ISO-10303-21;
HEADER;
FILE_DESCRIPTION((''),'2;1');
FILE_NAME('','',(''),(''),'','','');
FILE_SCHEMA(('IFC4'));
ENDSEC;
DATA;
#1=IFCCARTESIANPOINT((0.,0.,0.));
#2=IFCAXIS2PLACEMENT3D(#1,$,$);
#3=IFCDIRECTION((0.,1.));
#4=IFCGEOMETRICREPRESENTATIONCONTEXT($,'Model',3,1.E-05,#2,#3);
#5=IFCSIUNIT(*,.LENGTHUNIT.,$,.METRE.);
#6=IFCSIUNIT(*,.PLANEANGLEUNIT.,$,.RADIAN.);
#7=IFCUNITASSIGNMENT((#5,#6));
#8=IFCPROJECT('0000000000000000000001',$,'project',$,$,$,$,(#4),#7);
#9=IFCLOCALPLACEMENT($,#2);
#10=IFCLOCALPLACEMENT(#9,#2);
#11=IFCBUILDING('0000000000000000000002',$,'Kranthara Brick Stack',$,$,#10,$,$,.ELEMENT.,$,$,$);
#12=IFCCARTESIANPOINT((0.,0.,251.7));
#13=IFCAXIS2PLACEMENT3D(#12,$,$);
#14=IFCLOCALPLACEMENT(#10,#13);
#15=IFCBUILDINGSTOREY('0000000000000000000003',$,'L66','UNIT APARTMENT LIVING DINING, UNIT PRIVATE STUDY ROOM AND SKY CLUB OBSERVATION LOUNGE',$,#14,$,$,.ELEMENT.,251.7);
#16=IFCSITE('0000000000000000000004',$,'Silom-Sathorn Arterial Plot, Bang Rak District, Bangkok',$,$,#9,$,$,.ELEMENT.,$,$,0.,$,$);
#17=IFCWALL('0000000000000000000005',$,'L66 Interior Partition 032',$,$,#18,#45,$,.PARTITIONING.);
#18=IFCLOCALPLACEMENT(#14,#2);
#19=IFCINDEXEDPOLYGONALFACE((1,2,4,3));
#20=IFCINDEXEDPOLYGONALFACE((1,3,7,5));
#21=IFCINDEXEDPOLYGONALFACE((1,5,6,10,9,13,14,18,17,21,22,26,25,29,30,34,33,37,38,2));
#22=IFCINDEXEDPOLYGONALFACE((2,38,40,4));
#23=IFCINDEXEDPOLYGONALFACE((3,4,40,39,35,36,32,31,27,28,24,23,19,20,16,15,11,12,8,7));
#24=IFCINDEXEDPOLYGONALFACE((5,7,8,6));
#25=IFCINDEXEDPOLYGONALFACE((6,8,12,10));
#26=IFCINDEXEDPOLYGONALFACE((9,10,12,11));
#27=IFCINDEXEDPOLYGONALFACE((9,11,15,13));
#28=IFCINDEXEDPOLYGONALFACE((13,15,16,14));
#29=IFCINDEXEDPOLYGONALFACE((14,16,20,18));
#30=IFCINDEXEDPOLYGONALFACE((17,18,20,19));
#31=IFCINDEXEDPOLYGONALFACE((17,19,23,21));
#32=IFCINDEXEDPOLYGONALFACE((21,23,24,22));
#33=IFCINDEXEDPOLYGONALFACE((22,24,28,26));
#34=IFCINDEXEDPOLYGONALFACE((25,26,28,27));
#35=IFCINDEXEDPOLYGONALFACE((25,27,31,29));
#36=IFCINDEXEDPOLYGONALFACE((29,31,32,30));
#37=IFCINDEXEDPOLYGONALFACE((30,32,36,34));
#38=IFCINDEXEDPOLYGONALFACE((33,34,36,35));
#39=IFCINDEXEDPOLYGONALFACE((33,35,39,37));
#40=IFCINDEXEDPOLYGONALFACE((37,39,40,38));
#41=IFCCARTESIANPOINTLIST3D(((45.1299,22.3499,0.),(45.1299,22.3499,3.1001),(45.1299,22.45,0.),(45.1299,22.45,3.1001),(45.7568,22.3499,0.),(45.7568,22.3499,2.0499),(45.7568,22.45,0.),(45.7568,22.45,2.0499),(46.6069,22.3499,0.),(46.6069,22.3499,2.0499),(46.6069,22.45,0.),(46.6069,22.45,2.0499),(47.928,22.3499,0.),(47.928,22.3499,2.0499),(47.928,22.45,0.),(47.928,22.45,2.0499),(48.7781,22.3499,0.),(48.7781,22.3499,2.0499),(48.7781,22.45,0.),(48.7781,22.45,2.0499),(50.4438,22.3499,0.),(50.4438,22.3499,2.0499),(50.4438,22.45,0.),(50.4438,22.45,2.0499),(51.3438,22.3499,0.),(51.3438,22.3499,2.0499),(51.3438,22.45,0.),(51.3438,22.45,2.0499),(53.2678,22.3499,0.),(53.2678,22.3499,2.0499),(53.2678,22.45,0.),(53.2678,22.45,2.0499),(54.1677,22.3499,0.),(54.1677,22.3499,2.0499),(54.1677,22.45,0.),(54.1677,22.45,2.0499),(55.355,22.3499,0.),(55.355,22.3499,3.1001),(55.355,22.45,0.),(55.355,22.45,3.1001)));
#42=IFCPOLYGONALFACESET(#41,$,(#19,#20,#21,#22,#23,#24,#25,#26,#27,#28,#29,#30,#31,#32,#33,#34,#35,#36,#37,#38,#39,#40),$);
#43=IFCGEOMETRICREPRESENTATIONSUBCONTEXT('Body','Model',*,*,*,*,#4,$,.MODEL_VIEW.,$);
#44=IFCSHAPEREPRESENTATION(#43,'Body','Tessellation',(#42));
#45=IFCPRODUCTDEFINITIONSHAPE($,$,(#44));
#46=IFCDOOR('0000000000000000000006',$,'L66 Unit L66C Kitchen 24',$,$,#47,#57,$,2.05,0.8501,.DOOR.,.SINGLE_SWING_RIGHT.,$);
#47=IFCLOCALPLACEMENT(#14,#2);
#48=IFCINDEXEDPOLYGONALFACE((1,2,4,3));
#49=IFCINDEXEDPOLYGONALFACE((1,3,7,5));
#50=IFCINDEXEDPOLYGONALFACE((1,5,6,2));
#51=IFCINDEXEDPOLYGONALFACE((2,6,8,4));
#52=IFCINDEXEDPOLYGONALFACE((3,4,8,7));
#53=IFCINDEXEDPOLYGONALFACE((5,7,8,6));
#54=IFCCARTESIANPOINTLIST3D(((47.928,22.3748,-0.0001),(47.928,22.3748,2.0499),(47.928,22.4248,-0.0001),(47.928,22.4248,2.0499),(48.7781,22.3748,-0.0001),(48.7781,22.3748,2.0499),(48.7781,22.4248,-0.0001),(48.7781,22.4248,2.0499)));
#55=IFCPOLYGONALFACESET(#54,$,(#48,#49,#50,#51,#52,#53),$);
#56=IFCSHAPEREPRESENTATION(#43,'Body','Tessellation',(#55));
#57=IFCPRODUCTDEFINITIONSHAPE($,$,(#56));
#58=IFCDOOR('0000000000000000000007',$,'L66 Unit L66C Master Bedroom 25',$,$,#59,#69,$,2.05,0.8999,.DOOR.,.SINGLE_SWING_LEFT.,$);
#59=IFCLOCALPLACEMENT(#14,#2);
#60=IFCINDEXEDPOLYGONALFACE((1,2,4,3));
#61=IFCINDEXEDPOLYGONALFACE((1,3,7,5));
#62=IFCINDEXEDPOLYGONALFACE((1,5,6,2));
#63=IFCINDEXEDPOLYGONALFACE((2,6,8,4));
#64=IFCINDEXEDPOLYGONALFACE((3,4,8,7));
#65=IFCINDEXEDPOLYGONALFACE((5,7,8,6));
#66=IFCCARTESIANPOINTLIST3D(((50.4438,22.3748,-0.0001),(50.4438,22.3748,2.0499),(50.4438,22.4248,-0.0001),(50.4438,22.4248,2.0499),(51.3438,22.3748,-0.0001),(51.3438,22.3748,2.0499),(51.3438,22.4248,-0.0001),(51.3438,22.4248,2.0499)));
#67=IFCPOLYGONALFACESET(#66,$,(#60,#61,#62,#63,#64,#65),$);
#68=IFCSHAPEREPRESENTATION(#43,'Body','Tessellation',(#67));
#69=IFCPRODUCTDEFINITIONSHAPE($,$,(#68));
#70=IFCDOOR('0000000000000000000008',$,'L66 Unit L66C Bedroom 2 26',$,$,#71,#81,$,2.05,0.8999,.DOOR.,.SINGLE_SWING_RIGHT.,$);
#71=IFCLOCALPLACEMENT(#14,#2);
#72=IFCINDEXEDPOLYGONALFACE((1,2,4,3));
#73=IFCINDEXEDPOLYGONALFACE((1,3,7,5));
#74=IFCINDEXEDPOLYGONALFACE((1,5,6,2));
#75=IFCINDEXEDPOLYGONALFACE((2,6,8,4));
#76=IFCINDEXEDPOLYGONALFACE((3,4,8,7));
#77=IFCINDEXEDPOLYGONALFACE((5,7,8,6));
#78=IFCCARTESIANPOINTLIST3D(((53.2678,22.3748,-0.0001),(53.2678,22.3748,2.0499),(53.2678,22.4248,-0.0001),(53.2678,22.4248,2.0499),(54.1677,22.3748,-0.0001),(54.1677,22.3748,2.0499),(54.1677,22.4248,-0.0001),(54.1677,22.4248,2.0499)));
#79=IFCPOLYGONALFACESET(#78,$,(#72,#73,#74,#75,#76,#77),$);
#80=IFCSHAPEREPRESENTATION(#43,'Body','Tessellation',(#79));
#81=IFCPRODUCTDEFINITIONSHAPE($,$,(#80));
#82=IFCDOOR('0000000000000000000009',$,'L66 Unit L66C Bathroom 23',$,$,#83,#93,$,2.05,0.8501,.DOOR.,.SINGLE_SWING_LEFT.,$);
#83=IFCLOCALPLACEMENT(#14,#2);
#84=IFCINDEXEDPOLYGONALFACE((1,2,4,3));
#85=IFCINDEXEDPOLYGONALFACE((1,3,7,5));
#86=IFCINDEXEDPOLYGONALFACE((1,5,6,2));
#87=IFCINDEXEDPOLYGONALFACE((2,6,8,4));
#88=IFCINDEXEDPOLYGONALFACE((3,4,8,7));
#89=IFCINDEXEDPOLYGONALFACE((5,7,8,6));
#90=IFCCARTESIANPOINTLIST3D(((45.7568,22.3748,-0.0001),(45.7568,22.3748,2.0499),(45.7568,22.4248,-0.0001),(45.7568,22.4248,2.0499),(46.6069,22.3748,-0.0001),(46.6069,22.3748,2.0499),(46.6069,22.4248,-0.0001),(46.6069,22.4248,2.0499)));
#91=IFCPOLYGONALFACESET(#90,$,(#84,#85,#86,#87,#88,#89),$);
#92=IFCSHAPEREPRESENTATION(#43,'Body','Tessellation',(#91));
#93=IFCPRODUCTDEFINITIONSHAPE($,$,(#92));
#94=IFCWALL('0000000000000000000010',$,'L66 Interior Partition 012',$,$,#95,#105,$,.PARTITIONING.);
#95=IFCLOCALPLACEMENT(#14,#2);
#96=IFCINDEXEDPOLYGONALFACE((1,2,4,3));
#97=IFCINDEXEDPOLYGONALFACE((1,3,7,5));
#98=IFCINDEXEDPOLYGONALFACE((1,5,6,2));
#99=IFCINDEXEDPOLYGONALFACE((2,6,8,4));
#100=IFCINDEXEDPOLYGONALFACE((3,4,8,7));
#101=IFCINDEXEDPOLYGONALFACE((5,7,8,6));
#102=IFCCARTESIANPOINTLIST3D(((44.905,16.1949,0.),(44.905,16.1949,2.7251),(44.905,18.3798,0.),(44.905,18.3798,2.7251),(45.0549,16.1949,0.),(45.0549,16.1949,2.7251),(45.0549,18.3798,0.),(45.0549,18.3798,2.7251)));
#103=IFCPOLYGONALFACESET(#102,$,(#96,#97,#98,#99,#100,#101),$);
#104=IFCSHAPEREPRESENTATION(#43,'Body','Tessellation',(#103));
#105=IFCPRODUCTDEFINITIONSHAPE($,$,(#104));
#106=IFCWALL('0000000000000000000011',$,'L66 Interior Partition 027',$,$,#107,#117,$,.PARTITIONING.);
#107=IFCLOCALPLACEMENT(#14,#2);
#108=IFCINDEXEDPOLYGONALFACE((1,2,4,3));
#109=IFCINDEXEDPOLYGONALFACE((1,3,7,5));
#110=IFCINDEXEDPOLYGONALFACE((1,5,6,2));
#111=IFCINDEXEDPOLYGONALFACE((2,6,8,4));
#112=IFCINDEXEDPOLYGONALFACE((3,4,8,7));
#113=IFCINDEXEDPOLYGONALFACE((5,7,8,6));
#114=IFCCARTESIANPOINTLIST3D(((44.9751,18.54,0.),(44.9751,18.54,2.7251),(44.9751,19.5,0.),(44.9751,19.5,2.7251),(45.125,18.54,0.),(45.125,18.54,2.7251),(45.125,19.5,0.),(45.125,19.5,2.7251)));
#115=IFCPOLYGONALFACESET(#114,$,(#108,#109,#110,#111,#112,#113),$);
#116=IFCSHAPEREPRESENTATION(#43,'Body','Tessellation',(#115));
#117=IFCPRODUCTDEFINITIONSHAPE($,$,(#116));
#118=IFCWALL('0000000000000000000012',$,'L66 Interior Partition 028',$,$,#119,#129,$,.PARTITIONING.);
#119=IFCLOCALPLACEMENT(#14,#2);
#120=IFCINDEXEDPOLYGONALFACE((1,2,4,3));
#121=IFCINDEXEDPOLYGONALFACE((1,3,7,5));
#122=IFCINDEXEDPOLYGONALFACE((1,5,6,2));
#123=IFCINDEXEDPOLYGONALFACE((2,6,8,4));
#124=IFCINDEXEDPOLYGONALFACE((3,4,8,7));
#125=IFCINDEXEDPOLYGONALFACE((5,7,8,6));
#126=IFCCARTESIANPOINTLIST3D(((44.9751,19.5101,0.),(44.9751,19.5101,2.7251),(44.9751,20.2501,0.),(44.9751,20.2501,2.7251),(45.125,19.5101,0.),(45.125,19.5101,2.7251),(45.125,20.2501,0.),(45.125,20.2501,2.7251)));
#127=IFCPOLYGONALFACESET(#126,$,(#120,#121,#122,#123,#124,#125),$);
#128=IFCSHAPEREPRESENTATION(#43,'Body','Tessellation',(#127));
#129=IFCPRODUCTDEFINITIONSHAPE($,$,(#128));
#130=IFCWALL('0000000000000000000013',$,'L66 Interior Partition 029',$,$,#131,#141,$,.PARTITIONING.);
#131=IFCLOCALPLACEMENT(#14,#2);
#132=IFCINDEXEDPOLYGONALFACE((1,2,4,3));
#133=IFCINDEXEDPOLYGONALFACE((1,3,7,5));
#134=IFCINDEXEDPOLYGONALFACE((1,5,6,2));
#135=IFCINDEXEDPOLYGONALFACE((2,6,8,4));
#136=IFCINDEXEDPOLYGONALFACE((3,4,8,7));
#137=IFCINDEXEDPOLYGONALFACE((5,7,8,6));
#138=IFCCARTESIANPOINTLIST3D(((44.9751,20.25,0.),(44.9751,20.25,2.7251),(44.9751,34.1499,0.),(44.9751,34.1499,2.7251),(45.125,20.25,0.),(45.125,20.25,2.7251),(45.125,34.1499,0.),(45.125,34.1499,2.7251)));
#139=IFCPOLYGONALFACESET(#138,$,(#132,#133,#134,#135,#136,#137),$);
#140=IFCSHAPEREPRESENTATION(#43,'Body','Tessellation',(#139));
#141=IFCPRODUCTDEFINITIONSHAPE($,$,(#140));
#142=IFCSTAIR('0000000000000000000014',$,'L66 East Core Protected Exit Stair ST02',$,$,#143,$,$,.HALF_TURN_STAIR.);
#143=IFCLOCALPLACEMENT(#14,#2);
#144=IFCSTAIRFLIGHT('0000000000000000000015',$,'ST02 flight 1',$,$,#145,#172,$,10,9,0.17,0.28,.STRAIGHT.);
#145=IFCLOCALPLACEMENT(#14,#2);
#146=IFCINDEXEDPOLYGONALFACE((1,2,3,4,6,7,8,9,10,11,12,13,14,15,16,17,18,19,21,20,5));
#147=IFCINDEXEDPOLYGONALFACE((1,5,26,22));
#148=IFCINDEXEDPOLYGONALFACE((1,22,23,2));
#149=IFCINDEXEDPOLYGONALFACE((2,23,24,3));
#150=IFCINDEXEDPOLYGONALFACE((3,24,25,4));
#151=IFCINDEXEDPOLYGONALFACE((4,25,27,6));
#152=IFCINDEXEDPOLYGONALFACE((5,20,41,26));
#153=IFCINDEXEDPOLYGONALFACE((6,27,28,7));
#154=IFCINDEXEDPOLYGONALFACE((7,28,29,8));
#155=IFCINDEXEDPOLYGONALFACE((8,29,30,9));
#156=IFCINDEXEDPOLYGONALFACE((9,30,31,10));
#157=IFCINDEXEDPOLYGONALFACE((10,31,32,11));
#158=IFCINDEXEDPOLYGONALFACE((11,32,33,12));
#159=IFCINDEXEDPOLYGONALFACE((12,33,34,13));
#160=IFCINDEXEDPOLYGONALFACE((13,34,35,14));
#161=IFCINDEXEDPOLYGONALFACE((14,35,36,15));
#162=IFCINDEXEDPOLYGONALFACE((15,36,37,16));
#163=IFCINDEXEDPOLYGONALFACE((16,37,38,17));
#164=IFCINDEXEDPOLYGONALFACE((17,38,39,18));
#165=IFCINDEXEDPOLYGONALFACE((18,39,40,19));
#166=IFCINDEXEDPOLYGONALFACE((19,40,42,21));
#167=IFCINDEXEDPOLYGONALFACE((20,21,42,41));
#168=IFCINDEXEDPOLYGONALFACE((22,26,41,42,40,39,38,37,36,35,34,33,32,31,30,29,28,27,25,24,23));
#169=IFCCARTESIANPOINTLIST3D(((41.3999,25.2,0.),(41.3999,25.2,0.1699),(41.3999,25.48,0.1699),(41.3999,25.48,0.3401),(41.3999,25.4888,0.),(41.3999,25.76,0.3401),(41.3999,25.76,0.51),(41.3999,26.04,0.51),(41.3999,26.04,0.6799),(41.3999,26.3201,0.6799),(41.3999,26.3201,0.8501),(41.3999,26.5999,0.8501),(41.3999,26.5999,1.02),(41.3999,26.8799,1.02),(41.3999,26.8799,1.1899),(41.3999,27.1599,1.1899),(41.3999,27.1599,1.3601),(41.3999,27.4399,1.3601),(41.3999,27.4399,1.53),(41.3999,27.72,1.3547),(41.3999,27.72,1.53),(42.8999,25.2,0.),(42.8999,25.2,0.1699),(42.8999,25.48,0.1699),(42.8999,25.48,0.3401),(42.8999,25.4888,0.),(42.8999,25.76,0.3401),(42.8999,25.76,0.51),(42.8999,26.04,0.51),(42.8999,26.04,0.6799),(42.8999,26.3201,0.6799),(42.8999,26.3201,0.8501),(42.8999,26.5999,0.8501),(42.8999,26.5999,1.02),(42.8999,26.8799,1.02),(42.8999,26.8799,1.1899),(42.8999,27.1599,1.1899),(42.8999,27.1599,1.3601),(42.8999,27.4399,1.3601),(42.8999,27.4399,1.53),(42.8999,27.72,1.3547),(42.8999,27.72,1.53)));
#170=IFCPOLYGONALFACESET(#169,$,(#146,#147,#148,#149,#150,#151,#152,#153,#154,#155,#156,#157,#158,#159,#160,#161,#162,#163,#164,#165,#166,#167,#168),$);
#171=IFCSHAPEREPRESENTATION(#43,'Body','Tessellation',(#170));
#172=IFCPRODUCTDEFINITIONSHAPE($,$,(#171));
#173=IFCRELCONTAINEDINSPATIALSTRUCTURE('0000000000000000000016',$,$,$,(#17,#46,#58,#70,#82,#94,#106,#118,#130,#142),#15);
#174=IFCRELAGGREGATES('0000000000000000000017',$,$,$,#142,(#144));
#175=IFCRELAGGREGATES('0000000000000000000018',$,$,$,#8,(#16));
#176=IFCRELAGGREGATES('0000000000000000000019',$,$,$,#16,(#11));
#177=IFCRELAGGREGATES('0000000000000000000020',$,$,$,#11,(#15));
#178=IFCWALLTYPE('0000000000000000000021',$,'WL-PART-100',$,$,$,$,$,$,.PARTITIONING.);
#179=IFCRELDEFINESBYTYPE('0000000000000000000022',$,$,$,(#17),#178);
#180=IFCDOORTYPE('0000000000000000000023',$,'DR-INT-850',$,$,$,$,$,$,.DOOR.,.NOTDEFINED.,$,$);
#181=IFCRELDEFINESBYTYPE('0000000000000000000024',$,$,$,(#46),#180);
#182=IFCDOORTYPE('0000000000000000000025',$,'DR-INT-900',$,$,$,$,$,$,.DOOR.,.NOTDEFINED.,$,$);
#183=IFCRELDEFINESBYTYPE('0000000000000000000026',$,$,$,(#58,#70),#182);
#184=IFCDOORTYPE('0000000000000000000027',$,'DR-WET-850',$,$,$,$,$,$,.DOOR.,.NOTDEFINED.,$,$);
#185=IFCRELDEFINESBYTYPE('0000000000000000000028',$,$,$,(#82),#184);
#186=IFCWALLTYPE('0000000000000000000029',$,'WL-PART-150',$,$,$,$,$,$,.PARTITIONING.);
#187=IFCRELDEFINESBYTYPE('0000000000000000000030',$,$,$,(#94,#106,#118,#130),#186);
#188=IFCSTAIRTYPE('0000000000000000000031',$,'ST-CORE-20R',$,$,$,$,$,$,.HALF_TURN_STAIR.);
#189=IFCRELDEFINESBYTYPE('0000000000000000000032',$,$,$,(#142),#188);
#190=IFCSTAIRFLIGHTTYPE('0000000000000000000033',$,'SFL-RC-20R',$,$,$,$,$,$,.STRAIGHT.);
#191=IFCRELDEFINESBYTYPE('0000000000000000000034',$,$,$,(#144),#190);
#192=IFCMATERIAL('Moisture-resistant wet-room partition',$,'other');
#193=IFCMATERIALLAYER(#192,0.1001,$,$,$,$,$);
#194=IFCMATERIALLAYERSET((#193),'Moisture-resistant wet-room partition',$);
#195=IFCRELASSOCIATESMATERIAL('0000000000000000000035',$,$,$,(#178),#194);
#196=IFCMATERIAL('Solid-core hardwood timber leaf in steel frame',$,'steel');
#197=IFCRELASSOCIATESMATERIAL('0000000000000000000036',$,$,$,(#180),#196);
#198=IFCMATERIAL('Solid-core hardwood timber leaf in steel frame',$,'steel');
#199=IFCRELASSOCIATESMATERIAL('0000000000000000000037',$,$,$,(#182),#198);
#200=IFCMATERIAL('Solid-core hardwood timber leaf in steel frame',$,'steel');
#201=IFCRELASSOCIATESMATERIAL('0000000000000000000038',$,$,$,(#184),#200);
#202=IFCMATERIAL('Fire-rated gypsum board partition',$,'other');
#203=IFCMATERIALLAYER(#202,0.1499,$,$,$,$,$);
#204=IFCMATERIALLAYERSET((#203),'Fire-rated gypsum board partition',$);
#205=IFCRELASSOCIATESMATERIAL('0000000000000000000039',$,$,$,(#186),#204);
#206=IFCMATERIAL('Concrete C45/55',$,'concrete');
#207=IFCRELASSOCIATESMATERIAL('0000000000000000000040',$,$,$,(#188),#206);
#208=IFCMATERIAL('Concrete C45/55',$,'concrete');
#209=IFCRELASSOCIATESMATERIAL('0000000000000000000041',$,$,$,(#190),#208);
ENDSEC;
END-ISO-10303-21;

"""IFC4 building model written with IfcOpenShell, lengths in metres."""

from ifc_helpers import new_model, si_unit, direction, frame, frame_2d, origin, place, context, subcontext, project, spatial, polyline, rectangle, outline, extrude, material, layer, layer_set, type_object, element, fill, aggregate, save


model = new_model("IFC4")

# Units and contexts
model_context = context("Model", 3, precision=1e-05, world=origin(), true_north=direction((0.0, 1.0)))
body_context = subcontext(model_context, "Body", "Model", "MODEL_VIEW")
ifc_project = project(units=[si_unit("LENGTHUNIT", "METRE"), si_unit("PLANEANGLEUNIT", "RADIAN")], contexts=[model_context])

# Site, building, storey
site_placement = place(None, origin())
site = spatial("IfcSite", under=ifc_project, at=site_placement, Name="Silom-Sathorn Arterial Plot, Bang Rak District, Bangkok", CompositionType="ELEMENT", RefElevation=0.0)
building_placement = place(site_placement, origin())
building = spatial("IfcBuilding", under=site, at=building_placement, Name="Kranthara Brick Stack", CompositionType="ELEMENT")
storey_placement = place(building_placement, frame((0.0, 0.0, 251.7)))
storey = spatial("IfcBuildingStorey", under=building, at=storey_placement, Name="L66", Description="UNIT APARTMENT LIVING DINING, UNIT PRIVATE STUDY ROOM AND SKY CLUB OBSERVATION LOUNGE", CompositionType="ELEMENT", Elevation=251.7)

# Wall, openings, doors
ifc_material_1 = material(Name="Moisture-resistant wet-room partition", Category="other")
ifc_layer_1 = layer(ifc_material_1, 0.1001)
ifc_layer_set_1 = layer_set([ifc_layer_1], Name="Moisture-resistant wet-room partition")
wall_type_1 = type_object("IfcWallType", Name="WL-PART-100", PredefinedType="PARTITIONING", material=ifc_layer_set_1)
wall_1_placement = place(storey_placement, frame((45.1299, 22.3999, 0.0), z_axis=(0.0, 0.0, 1.0), x_axis=(1.0, 0.0, 0.0)))
wall_1 = element("IfcWall", 1, at=wall_1_placement, inside=storey, type_object=wall_type_1, Name="L66 Interior Partition 032", PredefinedType="PARTITIONING", context=body_context, shape_type="SweptSolid", body=[
    extrude(rectangle(XDim=10.2251, YDim=0.1001, at=frame_2d((5.1125, 0.0))), origin(), (0.0, 0.0, 1.0), 3.1001),
])
opening_1_placement = place(wall_1_placement, frame((0.627, 0.0, 0.0)))
opening_1 = element("IfcOpeningElement", 2, at=opening_1_placement, cuts=wall_1, PredefinedType="OPENING", context=body_context, shape_type="SweptSolid", body=[
    extrude(rectangle(XDim=0.8501, YDim=2.05, at=frame_2d((0.425, 1.0249))), frame((0.0, 0.0601, 0.0), z_axis=(0.0, -1.0, 0.0), x_axis=(1.0, 0.0, 0.0)), (0.0, 0.0, 1.0), 0.1201),
])
opening_2_placement = place(wall_1_placement, frame((2.7981, 0.0, 0.0)))
opening_2 = element("IfcOpeningElement", 3, at=opening_2_placement, cuts=wall_1, PredefinedType="OPENING", context=body_context, shape_type="SweptSolid", body=[
    extrude(rectangle(XDim=0.8501, YDim=2.05, at=frame_2d((0.425, 1.0249))), frame((0.0, 0.0601, 0.0), z_axis=(0.0, -1.0, 0.0), x_axis=(1.0, 0.0, 0.0)), (0.0, 0.0, 1.0), 0.1201),
])
opening_3_placement = place(wall_1_placement, frame((5.314, 0.0, 0.0)))
opening_3 = element("IfcOpeningElement", 4, at=opening_3_placement, cuts=wall_1, PredefinedType="OPENING", context=body_context, shape_type="SweptSolid", body=[
    extrude(rectangle(XDim=0.8999, YDim=2.05, at=frame_2d((0.45, 1.0249))), frame((0.0, 0.0601, 0.0), z_axis=(0.0, -1.0, 0.0), x_axis=(1.0, 0.0, 0.0)), (0.0, 0.0, 1.0), 0.1201),
])
opening_4_placement = place(wall_1_placement, frame((8.1379, 0.0, 0.0)))
opening_4 = element("IfcOpeningElement", 5, at=opening_4_placement, cuts=wall_1, PredefinedType="OPENING", context=body_context, shape_type="SweptSolid", body=[
    extrude(rectangle(XDim=0.8999, YDim=2.05, at=frame_2d((0.45, 1.0249))), frame((0.0, 0.0601, 0.0), z_axis=(0.0, -1.0, 0.0), x_axis=(1.0, 0.0, 0.0)), (0.0, 0.0, 1.0), 0.1201),
])
ifc_material_2 = material(Name="Solid-core hardwood timber leaf in steel frame", Category="steel")
door_type_1 = type_object("IfcDoorType", Name="DR-INT-850", OperationType="NOTDEFINED", PredefinedType="DOOR", material=ifc_material_2)
door_1_placement = place(opening_2_placement, origin())
door_1 = element("IfcDoor", 6, at=door_1_placement, inside=storey, type_object=door_type_1, Name="L66 Unit L66C Kitchen 24", OperationType="SINGLE_SWING_RIGHT", OverallHeight=2.05, OverallWidth=0.8501, PredefinedType="DOOR", context=body_context, shape_type="SweptSolid", body=[
    extrude(rectangle(XDim=0.8501, YDim=2.05, at=frame_2d((0.425, 1.0249))), frame((0.0, 0.0249, 0.0), z_axis=(0.0, -1.0, 0.0), x_axis=(1.0, 0.0, 0.0)), (0.0, 0.0, 1.0), 0.05),
])
fill(opening_2, door_1)
ifc_material_3 = material(Name="Solid-core hardwood timber leaf in steel frame", Category="steel")
door_type_2 = type_object("IfcDoorType", Name="DR-INT-900", OperationType="NOTDEFINED", PredefinedType="DOOR", material=ifc_material_3)
door_2_placement = place(opening_3_placement, origin())
door_2 = element("IfcDoor", 7, at=door_2_placement, inside=storey, type_object=door_type_2, Name="L66 Unit L66C Master Bedroom 25", OperationType="SINGLE_SWING_LEFT", OverallHeight=2.05, OverallWidth=0.8999, PredefinedType="DOOR", context=body_context, shape_type="SweptSolid", body=[
    extrude(rectangle(XDim=0.8999, YDim=2.05, at=frame_2d((0.45, 1.0249))), frame((0.0, 0.0249, 0.0), z_axis=(0.0, -1.0, 0.0), x_axis=(1.0, 0.0, 0.0)), (0.0, 0.0, 1.0), 0.05),
])
fill(opening_3, door_2)
door_3_placement = place(opening_4_placement, origin())
door_3 = element("IfcDoor", 8, at=door_3_placement, inside=storey, type_object=door_type_2, Name="L66 Unit L66C Bedroom 2 26", OperationType="SINGLE_SWING_RIGHT", OverallHeight=2.05, OverallWidth=0.8999, PredefinedType="DOOR", context=body_context, shape_type="SweptSolid", body=[
    extrude(rectangle(XDim=0.8999, YDim=2.05, at=frame_2d((0.45, 1.0249))), frame((0.0, 0.0249, 0.0), z_axis=(0.0, -1.0, 0.0), x_axis=(1.0, 0.0, 0.0)), (0.0, 0.0, 1.0), 0.05),
])
fill(opening_4, door_3)
ifc_material_4 = material(Name="Solid-core hardwood timber leaf in steel frame", Category="steel")
door_type_3 = type_object("IfcDoorType", Name="DR-WET-850", OperationType="NOTDEFINED", PredefinedType="DOOR", material=ifc_material_4)
door_4_placement = place(opening_1_placement, origin())
door_4 = element("IfcDoor", 9, at=door_4_placement, inside=storey, type_object=door_type_3, Name="L66 Unit L66C Bathroom 23", OperationType="SINGLE_SWING_LEFT", OverallHeight=2.05, OverallWidth=0.8501, PredefinedType="DOOR", context=body_context, shape_type="SweptSolid", body=[
    extrude(rectangle(XDim=0.8501, YDim=2.05, at=frame_2d((0.425, 1.0249))), frame((0.0, 0.0249, 0.0), z_axis=(0.0, -1.0, 0.0), x_axis=(1.0, 0.0, 0.0)), (0.0, 0.0, 1.0), 0.05),
])
fill(opening_1, door_4)

# Walls
ifc_material_5 = material(Name="Fire-rated gypsum board partition", Category="other")
ifc_layer_2 = layer(ifc_material_5, 0.1499)
ifc_layer_set_2 = layer_set([ifc_layer_2], Name="Fire-rated gypsum board partition")
wall_type_2 = type_object("IfcWallType", Name="WL-PART-150", PredefinedType="PARTITIONING", material=ifc_layer_set_2)
wall_2_placement = place(storey_placement, frame((44.98, 16.1951, 0.0), z_axis=(0.0, 0.0, 1.0), x_axis=(0.0, 1.0, 0.0)))
element("IfcWall", 10, at=wall_2_placement, inside=storey, type_object=wall_type_2, Name="L66 Interior Partition 012", PredefinedType="PARTITIONING", context=body_context, shape_type="SweptSolid", body=[
    extrude(rectangle(XDim=2.1848, YDim=0.1499, at=frame_2d((1.0923, 0.0))), origin(), (0.0, 0.0, 1.0), 2.7251),
])
wall_3_placement = place(storey_placement, frame((45.05, 19.5, 0.0), z_axis=(0.0, 0.0, 1.0), x_axis=(0.0, -1.0, 0.0)))
element("IfcWall", 11, at=wall_3_placement, inside=storey, type_object=wall_type_2, Name="L66 Interior Partition 027", PredefinedType="PARTITIONING", context=body_context, shape_type="SweptSolid", body=[
    extrude(rectangle(XDim=0.96, YDim=0.1499, at=frame_2d((0.48, 0.0))), origin(), (0.0, 0.0, 1.0), 2.7251),
])
wall_4_placement = place(storey_placement, frame((45.05, 19.51, 0.0), z_axis=(0.0, 0.0, 1.0), x_axis=(0.0, 1.0, 0.0)))
element("IfcWall", 12, at=wall_4_placement, inside=storey, type_object=wall_type_2, Name="L66 Interior Partition 028", PredefinedType="PARTITIONING", context=body_context, shape_type="SweptSolid", body=[
    extrude(rectangle(XDim=0.74, YDim=0.1499, at=frame_2d((0.3701, 0.0))), origin(), (0.0, 0.0, 1.0), 2.7251),
])
wall_5_placement = place(storey_placement, frame((45.05, 20.25, 0.0), z_axis=(0.0, 0.0, 1.0), x_axis=(0.0, 1.0, 0.0)))
element("IfcWall", 13, at=wall_5_placement, inside=storey, type_object=wall_type_2, Name="L66 Interior Partition 029", PredefinedType="PARTITIONING", context=body_context, shape_type="SweptSolid", body=[
    extrude(rectangle(XDim=13.8999, YDim=0.1499, at=frame_2d((6.95, 0.0))), origin(), (0.0, 0.0, 1.0), 2.7251),
])

# Stair, stair flight
ifc_material_6 = material(Name="Concrete C45/55", Category="concrete")
stair_type = type_object("IfcStairType", Name="ST-CORE-20R", PredefinedType="HALF_TURN_STAIR", material=ifc_material_6)
stair_placement = place(storey_placement, origin())
stair = element("IfcStair", 14, at=stair_placement, inside=storey, type_object=stair_type, Name="L66 East Core Protected Exit Stair ST02", PredefinedType="HALF_TURN_STAIR")
ifc_material_7 = material(Name="Concrete C45/55", Category="concrete")
stair_flight_type = type_object("IfcStairFlightType", Name="SFL-RC-20R", PredefinedType="STRAIGHT", material=ifc_material_7)
stair_flight_placement = place(storey_placement, frame((42.1499, 25.2, 0.0), z_axis=(0.0, 0.0, 1.0), x_axis=(0.0, 1.0, 0.0)))
stair_flight = element("IfcStairFlight", 15, at=stair_flight_placement, type_object=stair_flight_type, Name="ST02 flight 1", NumberOfRisers=10, NumberOfTreads=9, PredefinedType="STRAIGHT", RiserHeight=0.17, TreadLength=0.28, context=body_context, shape_type="SweptSolid", body=[
    extrude(outline(polyline([(0.0, 0.0), (0.0, 0.1699), (0.28, 0.1699), (0.28, 0.3401), (0.5601, 0.3401), (0.5601, 0.51), (0.8401, 0.51), (0.8401, 0.6799), (1.1201, 0.6799), (1.1201, 0.8501), (1.3999, 0.8501), (1.3999, 1.02), (1.6799, 1.02), (1.6799, 1.1899), (1.96, 1.1899), (1.96, 1.3601), (2.24, 1.3601), (2.24, 1.53), (2.52, 1.53), (2.52, 1.7), (2.52, 1.3547), (0.2888, 0.0), (0.0, 0.0)])), frame((0.0, 0.75, 0.0), z_axis=(0.0, -1.0, 0.0), x_axis=(1.0, 0.0, 0.0)), (0.0, 0.0, 1.0), 1.5),
])
aggregate(stair, [stair_flight])

save(model, "model.ifc")
